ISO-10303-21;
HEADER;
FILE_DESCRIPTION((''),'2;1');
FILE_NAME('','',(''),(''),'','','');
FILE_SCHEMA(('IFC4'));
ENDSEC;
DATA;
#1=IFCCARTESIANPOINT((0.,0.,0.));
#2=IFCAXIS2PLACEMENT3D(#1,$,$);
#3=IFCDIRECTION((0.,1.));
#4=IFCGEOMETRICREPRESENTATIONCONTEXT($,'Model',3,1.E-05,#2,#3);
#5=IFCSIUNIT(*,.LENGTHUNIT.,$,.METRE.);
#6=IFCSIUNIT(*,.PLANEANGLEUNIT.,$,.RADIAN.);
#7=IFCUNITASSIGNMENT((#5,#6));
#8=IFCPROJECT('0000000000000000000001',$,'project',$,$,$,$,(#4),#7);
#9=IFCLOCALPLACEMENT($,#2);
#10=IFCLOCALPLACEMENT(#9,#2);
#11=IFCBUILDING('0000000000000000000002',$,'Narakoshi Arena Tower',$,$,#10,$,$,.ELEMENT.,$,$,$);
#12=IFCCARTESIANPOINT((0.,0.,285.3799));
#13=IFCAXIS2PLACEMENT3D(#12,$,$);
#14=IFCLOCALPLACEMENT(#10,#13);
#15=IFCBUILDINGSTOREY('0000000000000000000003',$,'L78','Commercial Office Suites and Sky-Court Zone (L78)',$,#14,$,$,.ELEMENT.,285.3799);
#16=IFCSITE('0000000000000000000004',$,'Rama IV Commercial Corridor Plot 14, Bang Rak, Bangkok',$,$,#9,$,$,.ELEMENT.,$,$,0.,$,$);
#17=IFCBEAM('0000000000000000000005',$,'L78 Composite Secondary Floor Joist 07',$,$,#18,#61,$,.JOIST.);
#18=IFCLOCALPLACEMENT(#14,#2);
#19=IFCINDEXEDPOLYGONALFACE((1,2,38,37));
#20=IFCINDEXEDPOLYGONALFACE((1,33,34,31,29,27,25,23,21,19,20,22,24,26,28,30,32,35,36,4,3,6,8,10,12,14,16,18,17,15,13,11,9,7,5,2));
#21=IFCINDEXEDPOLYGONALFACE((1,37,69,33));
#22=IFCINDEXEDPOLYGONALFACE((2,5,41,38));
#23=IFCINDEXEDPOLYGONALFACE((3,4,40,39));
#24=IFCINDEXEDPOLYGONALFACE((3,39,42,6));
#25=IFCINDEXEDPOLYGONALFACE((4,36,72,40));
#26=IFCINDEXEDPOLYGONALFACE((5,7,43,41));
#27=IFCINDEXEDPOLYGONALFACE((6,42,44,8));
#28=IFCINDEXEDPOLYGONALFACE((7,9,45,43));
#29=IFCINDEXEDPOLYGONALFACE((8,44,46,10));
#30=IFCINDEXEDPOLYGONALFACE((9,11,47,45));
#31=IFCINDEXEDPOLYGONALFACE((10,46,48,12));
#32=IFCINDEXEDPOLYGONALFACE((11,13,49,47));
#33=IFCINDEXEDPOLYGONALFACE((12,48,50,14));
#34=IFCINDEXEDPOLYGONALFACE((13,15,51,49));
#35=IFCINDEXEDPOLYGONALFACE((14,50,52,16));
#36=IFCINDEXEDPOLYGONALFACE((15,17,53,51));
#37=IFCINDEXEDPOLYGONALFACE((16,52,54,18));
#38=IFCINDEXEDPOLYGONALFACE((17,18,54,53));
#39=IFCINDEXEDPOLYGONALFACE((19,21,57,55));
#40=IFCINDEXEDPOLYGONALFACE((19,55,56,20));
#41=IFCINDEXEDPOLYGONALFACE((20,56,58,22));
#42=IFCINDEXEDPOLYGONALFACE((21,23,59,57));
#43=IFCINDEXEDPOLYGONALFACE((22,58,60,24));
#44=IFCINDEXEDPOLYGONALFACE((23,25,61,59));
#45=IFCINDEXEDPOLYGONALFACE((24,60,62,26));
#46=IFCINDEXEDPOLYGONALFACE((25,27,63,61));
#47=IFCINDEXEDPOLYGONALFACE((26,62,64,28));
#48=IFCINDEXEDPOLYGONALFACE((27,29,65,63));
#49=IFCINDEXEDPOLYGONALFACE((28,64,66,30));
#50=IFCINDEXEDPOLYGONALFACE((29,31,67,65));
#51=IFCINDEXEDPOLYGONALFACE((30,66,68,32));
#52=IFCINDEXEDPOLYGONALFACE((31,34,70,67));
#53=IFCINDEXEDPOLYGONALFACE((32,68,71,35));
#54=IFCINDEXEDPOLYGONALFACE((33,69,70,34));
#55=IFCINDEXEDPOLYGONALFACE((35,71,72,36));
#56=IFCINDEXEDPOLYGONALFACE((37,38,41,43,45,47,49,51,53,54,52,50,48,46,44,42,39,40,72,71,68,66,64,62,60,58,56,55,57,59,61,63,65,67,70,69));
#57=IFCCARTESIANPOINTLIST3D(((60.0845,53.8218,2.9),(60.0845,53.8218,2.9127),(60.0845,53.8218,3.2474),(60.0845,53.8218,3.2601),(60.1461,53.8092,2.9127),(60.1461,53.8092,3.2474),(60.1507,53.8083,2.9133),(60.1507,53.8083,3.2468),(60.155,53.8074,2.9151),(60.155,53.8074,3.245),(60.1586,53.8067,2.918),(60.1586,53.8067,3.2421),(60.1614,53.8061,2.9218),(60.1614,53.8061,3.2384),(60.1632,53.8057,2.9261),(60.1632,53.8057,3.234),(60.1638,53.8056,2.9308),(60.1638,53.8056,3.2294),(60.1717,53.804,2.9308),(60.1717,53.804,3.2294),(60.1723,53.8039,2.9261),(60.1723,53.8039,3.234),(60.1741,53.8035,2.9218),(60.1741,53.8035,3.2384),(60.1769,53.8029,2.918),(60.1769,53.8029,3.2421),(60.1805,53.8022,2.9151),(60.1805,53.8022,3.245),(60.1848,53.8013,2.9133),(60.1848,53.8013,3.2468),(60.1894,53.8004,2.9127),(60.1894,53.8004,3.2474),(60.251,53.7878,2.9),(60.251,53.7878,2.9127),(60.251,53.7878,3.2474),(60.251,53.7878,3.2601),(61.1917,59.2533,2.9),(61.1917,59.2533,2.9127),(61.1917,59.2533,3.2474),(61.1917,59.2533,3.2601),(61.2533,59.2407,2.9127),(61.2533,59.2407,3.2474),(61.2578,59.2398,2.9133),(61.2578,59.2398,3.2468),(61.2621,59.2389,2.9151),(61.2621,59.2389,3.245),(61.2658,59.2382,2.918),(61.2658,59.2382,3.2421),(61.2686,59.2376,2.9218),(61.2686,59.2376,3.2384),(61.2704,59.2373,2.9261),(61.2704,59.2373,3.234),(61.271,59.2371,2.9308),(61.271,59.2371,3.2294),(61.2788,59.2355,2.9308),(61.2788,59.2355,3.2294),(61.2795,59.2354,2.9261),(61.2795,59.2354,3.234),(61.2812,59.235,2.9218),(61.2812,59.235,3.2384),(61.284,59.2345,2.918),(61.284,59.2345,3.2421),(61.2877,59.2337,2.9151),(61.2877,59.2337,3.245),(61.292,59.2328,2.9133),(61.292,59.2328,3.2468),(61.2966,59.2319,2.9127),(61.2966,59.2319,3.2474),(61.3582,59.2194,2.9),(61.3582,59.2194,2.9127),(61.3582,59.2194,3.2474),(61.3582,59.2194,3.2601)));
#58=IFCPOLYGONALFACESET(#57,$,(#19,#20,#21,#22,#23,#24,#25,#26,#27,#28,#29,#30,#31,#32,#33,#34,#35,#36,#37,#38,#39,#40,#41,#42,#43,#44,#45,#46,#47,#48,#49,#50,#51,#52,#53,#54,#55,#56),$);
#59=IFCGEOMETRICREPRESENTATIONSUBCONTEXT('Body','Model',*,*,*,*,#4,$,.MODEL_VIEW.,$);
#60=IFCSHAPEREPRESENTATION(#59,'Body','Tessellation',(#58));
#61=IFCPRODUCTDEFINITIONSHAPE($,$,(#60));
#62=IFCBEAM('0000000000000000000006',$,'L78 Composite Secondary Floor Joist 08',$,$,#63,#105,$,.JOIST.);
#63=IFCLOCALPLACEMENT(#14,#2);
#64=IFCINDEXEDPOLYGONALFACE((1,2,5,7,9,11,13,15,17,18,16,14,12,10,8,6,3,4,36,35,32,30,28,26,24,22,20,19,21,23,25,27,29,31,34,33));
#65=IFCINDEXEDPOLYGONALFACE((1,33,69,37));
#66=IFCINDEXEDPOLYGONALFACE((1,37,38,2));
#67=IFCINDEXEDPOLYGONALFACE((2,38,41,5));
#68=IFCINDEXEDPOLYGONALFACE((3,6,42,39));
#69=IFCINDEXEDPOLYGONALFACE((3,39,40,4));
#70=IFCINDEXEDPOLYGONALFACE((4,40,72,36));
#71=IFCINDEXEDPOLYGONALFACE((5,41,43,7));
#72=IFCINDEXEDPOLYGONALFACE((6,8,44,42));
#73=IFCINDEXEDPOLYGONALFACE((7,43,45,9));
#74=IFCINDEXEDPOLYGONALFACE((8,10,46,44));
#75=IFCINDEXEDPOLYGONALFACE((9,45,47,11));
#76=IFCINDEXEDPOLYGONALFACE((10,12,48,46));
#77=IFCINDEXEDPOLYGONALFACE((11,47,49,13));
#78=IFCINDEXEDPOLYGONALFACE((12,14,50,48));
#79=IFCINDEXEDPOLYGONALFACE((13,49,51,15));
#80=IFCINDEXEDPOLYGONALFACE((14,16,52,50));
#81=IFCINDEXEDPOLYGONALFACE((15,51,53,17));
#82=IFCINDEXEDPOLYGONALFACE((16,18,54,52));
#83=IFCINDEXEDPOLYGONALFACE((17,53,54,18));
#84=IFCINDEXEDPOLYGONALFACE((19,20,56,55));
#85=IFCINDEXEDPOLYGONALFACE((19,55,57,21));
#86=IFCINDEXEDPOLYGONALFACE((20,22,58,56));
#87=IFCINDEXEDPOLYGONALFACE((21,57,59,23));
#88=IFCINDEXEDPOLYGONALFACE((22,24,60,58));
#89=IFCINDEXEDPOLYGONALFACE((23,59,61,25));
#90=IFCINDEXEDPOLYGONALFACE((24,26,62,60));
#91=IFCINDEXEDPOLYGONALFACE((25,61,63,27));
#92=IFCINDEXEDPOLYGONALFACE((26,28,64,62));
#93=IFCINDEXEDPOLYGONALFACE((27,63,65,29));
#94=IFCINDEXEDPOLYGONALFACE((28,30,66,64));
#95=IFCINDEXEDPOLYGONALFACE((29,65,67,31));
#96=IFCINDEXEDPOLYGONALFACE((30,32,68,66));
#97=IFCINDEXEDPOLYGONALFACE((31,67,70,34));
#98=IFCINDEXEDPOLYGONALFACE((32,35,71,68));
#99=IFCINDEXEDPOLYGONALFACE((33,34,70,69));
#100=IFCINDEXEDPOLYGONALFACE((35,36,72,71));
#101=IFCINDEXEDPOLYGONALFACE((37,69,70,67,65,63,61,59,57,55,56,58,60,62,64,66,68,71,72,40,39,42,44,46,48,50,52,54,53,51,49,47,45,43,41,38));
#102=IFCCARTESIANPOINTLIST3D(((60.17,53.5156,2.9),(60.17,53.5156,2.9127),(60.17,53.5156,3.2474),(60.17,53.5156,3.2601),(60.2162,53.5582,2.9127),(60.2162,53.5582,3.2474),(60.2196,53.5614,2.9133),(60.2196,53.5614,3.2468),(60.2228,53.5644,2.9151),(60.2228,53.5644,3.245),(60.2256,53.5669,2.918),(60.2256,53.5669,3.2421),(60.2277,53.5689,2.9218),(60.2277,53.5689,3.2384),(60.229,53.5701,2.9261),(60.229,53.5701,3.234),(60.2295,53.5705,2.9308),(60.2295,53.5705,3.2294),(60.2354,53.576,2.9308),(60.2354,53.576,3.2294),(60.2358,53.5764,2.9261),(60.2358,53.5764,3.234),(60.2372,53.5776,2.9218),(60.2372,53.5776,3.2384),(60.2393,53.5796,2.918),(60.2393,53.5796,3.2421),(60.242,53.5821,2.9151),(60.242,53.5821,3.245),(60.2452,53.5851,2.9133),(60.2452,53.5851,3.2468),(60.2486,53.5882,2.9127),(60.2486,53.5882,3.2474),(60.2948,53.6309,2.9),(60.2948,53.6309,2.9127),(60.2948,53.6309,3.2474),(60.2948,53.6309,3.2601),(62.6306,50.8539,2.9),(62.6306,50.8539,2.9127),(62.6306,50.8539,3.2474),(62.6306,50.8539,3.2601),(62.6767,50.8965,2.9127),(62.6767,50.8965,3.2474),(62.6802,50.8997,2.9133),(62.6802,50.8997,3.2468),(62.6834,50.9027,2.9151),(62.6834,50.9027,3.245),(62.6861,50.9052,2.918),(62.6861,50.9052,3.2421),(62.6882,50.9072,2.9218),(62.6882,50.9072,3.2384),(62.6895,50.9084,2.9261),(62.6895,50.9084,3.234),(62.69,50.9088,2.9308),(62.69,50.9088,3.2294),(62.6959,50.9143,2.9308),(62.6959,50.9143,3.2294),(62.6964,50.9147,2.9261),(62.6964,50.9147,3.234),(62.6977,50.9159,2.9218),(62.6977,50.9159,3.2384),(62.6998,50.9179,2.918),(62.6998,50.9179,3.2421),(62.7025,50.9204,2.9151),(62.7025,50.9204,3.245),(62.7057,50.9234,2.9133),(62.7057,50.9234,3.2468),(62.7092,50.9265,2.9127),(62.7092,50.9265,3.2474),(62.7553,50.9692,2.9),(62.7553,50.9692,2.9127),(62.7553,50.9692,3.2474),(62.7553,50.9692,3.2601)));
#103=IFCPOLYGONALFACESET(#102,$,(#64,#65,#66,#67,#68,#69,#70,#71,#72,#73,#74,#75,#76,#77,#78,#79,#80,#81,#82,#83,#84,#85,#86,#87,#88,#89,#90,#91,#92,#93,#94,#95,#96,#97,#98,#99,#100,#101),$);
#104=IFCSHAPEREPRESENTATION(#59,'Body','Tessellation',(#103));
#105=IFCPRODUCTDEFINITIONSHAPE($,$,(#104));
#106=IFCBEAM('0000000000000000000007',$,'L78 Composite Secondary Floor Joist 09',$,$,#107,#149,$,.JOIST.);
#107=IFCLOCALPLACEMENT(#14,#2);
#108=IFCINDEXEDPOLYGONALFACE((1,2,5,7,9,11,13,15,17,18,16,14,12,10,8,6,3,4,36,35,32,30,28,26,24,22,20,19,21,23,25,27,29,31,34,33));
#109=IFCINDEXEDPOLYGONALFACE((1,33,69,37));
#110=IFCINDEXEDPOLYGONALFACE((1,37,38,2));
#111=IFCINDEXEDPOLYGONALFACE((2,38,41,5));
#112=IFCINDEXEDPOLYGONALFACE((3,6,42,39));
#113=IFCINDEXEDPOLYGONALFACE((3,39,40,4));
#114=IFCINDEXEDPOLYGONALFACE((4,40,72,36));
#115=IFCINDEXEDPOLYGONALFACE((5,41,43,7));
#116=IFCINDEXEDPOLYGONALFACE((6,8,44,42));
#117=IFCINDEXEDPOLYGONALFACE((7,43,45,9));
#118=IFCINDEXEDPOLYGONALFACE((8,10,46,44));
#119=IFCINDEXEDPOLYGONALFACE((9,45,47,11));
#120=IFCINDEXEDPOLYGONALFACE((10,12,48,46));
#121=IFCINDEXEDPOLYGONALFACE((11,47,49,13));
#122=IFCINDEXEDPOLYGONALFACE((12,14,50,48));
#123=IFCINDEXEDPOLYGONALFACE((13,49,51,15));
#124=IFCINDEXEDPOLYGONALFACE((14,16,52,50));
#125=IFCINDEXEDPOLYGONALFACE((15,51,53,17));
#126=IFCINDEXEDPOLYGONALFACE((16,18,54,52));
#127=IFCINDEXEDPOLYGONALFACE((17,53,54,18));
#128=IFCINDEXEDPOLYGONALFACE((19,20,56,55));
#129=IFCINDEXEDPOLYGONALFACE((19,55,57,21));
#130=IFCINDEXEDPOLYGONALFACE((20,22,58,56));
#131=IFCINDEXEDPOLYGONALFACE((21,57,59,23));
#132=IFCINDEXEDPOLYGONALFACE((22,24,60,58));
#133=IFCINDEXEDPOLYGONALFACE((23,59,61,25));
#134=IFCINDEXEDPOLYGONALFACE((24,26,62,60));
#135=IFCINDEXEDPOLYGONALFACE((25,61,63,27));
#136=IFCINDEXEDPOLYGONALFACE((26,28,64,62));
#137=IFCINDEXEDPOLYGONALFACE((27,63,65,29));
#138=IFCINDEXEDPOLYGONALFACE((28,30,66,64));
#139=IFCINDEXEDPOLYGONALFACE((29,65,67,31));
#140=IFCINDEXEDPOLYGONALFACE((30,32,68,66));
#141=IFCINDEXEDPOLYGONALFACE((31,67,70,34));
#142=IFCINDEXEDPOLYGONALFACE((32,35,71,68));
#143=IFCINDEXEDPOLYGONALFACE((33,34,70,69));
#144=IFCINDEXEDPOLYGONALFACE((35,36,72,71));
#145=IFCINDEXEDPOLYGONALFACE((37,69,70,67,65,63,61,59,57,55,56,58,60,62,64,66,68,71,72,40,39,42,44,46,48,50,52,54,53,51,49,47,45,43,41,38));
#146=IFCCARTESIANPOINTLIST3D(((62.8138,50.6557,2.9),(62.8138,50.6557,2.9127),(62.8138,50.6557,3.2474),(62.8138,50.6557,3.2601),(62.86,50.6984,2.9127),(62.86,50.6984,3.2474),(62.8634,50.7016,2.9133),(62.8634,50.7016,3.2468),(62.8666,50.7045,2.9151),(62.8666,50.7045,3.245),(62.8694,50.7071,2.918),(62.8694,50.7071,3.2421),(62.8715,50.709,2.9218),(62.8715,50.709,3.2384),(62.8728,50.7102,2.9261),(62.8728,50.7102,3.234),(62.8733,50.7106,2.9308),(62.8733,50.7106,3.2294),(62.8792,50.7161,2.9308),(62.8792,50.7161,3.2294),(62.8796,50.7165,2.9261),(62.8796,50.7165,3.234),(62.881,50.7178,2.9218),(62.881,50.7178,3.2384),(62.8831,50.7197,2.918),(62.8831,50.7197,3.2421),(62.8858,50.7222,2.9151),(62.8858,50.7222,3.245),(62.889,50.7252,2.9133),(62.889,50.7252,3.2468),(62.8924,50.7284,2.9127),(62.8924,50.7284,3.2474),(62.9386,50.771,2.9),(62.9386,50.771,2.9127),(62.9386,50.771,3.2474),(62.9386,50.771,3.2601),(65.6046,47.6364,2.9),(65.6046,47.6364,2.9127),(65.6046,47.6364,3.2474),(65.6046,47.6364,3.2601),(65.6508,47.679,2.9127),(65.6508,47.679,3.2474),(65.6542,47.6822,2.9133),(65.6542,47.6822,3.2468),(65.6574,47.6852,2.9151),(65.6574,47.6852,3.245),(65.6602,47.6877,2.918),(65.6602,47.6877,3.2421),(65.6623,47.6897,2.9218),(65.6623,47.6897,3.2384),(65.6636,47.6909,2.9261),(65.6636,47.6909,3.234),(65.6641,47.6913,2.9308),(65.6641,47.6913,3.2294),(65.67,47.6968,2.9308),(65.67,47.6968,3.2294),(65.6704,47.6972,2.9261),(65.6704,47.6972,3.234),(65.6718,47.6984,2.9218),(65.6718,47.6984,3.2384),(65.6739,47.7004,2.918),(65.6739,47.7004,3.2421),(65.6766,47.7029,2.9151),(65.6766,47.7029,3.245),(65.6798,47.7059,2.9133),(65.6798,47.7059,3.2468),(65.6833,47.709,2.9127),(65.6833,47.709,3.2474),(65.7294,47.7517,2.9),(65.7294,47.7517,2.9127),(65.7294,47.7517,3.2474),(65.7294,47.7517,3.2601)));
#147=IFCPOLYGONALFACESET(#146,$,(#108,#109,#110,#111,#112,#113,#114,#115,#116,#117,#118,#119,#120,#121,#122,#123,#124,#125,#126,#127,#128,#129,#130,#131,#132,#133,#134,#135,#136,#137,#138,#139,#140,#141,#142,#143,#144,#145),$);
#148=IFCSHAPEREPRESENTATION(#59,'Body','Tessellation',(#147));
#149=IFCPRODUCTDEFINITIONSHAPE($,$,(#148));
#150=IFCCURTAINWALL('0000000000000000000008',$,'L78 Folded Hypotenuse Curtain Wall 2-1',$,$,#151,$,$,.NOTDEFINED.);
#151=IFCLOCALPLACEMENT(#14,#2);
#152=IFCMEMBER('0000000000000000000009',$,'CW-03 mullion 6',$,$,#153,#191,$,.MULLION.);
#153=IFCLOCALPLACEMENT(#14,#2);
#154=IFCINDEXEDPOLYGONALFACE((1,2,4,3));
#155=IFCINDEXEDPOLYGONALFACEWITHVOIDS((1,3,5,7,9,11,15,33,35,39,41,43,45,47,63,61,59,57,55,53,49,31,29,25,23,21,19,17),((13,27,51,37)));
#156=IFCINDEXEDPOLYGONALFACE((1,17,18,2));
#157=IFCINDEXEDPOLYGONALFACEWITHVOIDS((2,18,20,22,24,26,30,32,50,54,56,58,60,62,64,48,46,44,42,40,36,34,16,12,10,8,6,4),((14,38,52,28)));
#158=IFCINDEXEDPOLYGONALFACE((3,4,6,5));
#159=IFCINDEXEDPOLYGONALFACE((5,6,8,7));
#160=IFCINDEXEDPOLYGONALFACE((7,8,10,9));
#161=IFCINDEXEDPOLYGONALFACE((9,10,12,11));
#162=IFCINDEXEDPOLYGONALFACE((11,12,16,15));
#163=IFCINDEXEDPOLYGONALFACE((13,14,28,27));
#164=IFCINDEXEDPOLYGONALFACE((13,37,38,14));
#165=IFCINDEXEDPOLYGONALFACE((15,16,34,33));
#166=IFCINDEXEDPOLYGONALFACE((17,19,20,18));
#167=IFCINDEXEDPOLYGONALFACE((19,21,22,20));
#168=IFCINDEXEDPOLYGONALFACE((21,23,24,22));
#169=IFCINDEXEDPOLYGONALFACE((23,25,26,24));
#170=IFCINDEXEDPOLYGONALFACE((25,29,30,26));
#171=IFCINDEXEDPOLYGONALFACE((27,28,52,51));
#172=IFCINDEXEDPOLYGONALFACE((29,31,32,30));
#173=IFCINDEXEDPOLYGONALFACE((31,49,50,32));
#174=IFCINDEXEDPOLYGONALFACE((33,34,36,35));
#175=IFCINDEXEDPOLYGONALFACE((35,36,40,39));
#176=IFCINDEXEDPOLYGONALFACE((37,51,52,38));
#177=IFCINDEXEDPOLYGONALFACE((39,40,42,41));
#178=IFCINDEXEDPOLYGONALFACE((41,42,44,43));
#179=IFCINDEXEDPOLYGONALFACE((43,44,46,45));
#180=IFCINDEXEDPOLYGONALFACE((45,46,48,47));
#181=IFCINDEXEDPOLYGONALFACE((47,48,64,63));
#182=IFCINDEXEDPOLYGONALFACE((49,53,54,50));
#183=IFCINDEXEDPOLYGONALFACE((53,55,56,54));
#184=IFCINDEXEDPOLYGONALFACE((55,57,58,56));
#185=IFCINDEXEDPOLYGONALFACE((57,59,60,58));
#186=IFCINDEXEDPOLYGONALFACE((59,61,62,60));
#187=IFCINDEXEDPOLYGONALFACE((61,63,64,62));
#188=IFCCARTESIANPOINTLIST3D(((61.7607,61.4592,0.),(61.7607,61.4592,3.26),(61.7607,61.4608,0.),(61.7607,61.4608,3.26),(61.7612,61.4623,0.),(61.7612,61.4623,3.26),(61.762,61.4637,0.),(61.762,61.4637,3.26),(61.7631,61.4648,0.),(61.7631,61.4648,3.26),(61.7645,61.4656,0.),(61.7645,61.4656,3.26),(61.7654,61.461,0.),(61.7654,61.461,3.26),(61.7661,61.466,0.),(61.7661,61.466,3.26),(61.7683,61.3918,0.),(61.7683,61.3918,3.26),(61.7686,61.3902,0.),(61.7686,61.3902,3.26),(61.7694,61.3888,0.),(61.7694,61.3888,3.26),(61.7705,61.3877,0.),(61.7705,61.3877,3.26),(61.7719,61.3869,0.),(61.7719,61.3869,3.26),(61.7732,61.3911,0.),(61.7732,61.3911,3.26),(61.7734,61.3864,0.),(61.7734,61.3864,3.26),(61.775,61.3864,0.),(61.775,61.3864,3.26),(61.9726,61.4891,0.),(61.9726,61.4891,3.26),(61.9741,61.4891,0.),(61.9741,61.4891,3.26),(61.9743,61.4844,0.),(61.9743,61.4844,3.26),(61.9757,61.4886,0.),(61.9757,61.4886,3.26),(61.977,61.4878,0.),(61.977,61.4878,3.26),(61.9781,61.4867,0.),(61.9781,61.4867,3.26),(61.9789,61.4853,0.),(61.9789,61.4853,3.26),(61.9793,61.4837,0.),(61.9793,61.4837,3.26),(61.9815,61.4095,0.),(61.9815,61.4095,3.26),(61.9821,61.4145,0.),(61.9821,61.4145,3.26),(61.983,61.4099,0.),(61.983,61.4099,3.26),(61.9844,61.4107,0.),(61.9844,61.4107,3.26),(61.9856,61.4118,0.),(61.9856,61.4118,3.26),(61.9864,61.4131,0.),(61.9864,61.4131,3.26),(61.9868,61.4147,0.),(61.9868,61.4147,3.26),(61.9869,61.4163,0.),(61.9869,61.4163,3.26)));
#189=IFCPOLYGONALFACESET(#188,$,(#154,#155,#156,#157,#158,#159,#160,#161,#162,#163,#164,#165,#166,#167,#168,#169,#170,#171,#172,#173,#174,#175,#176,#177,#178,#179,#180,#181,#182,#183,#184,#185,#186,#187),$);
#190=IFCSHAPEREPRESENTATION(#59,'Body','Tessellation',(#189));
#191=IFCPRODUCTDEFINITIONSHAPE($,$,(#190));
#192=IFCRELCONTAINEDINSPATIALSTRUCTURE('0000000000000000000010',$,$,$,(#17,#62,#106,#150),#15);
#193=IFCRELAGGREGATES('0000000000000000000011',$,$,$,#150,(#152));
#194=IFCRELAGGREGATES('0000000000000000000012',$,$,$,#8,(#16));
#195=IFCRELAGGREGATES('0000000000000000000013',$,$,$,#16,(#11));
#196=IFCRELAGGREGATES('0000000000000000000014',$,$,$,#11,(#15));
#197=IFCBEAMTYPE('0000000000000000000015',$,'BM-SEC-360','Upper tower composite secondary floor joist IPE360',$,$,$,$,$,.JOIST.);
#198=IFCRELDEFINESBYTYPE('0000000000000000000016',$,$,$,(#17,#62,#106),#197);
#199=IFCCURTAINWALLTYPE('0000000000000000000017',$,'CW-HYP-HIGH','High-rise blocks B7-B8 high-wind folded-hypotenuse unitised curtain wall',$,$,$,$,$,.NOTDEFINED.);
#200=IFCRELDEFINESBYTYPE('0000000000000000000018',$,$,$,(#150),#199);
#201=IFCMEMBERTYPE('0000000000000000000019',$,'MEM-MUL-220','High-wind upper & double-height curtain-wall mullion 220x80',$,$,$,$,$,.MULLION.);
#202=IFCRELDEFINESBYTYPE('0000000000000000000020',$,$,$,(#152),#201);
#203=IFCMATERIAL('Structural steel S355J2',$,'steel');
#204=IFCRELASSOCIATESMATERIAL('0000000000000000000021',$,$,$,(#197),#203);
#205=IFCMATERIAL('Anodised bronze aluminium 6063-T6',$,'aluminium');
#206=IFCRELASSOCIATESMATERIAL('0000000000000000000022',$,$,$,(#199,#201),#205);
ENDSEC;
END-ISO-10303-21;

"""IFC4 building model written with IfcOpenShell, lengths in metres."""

from ifc_helpers import new_model, si_unit, direction, frame, origin, origin_2d, place, context, subcontext, project, spatial, hollow_rectangle, i_section, extrude, material, material_profile, profile_set, type_object, element, aggregate, save


model = new_model("IFC4")

# Units and contexts
model_context = context("Model", 3, precision=1e-05, world=origin(), true_north=direction((0.0, 1.0)))
body_context = subcontext(model_context, "Body", "Model", "MODEL_VIEW")
ifc_project = project(units=[si_unit("LENGTHUNIT", "METRE"), si_unit("PLANEANGLEUNIT", "RADIAN")], contexts=[model_context])

# Site, building, storey
site_placement = place(None, origin())
site = spatial("IfcSite", under=ifc_project, at=site_placement, Name="Rama IV Commercial Corridor Plot 14, Bang Rak, Bangkok", CompositionType="ELEMENT", RefElevation=0.0)
building_placement = place(site_placement, origin())
building = spatial("IfcBuilding", under=site, at=building_placement, Name="Narakoshi Arena Tower", CompositionType="ELEMENT")
storey_placement = place(building_placement, frame((0.0, 0.0, 285.3799)))
storey = spatial("IfcBuildingStorey", under=building, at=storey_placement, Name="L78", Description="Commercial Office Suites and Sky-Court Zone (L78)", CompositionType="ELEMENT", Elevation=285.3799)

# Beams
ifc_material_1 = material(Name="Structural steel S355J2", Category="steel")
ifc_material_profile_1 = material_profile(ifc_material_1, i_section(OverallWidth=0.1699, OverallDepth=0.3601, WebThickness=0.0081, FlangeThickness=0.0127, FilletRadius=0.0181, at=origin_2d()), Name="IPE360")
ifc_profile_set_1 = profile_set([ifc_material_profile_1], Name="Structural steel S355J2")
beam_type_1 = type_object("IfcBeamType", Name="BM-SEC-360", Description="Upper tower composite secondary floor joist IPE360", PredefinedType="JOIST", material=ifc_profile_set_1)
beam_1_placement = place(storey_placement, frame((61.2749, 59.2363, 3.0801), z_axis=(-0.199731, -0.979851, 0.0), x_axis=(0.979851, -0.199731, 0.0)))
element("IfcBeam", 1, at=beam_1_placement, inside=storey, type_object=beam_type_1, Name="L78 Composite Secondary Floor Joist 07", PredefinedType="JOIST", context=body_context, shape_type="SweptSolid", body=[
    extrude(i_section(OverallWidth=0.1699, OverallDepth=0.3601, WebThickness=0.0081, FlangeThickness=0.0127, FilletRadius=0.0181, at=origin_2d()), origin(), (0.0, 0.0, 1.0), 5.5432),
])
beam_2_placement = place(storey_placement, frame((60.2324, 53.5732, 3.0801), z_axis=(0.678811, -0.734313, 0.0), x_axis=(0.734313, 0.678811, 0.0)))
element("IfcBeam", 2, at=beam_2_placement, inside=storey, type_object=beam_type_1, Name="L78 Composite Secondary Floor Joist 08", PredefinedType="JOIST", context=body_context, shape_type="SweptSolid", body=[
    extrude(i_section(OverallWidth=0.1699, OverallDepth=0.3601, WebThickness=0.0081, FlangeThickness=0.0127, FilletRadius=0.0181, at=origin_2d()), origin(), (0.0, 0.0, 1.0), 3.6248),
])
beam_3_placement = place(storey_placement, frame((62.8762, 50.7134, 3.0801), z_axis=(0.678771, -0.73435, 0.0), x_axis=(0.73435, 0.678771, 0.0)))
element("IfcBeam", 3, at=beam_3_placement, inside=storey, type_object=beam_type_1, Name="L78 Composite Secondary Floor Joist 09", PredefinedType="JOIST", context=body_context, shape_type="SweptSolid", body=[
    extrude(i_section(OverallWidth=0.1699, OverallDepth=0.3601, WebThickness=0.0081, FlangeThickness=0.0127, FilletRadius=0.0181, at=origin_2d()), origin(), (0.0, 0.0, 1.0), 4.1116),
])

# Curtain wall, member
ifc_material_2 = material(Name="Anodised bronze aluminium 6063-T6", Category="aluminium")
curtain_wall_type = type_object("IfcCurtainWallType", Name="CW-HYP-HIGH", Description="High-rise blocks B7-B8 high-wind folded-hypotenuse unitised curtain wall", PredefinedType="NOTDEFINED", material=ifc_material_2)
curtain_wall_placement = place(storey_placement, origin())
curtain_wall = element("IfcCurtainWall", 4, at=curtain_wall_placement, inside=storey, type_object=curtain_wall_type, Name="L78 Folded Hypotenuse Curtain Wall 2-1", PredefinedType="NOTDEFINED")
ifc_material_profile_2 = material_profile(ifc_material_2, hollow_rectangle(XDim=0.0801, YDim=0.22, WallThickness=0.0049, OuterFilletRadius=0.0061, at=origin_2d()), Name="MUL220x80x5")
ifc_profile_set_2 = profile_set([ifc_material_profile_2], Name="Anodised bronze aluminium 6063-T6")
member_type_1 = type_object("IfcMemberType", Name="MEM-MUL-220", Description="High-wind upper & double-height curtain-wall mullion 220x80", PredefinedType="MULLION", material=ifc_profile_set_2)
member_1_placement = place(storey_placement, frame((61.8738, 61.4377, 0.0), z_axis=(0.0, 0.0, 1.0), x_axis=(0.111396, -0.993776, 0.0)))
member_1 = element("IfcMember", 5, at=member_1_placement, type_object=member_type_1, Name="CW-03 mullion 6", PredefinedType="MULLION", context=body_context, shape_type="SweptSolid", body=[
    extrude(hollow_rectangle(XDim=0.0801, YDim=0.22, WallThickness=0.0049, OuterFilletRadius=0.0061, at=origin_2d()), origin(), (0.0, 0.0, 1.0), 3.26),
])
aggregate(curtain_wall, [member_1])

save(model, "model.ifc")
